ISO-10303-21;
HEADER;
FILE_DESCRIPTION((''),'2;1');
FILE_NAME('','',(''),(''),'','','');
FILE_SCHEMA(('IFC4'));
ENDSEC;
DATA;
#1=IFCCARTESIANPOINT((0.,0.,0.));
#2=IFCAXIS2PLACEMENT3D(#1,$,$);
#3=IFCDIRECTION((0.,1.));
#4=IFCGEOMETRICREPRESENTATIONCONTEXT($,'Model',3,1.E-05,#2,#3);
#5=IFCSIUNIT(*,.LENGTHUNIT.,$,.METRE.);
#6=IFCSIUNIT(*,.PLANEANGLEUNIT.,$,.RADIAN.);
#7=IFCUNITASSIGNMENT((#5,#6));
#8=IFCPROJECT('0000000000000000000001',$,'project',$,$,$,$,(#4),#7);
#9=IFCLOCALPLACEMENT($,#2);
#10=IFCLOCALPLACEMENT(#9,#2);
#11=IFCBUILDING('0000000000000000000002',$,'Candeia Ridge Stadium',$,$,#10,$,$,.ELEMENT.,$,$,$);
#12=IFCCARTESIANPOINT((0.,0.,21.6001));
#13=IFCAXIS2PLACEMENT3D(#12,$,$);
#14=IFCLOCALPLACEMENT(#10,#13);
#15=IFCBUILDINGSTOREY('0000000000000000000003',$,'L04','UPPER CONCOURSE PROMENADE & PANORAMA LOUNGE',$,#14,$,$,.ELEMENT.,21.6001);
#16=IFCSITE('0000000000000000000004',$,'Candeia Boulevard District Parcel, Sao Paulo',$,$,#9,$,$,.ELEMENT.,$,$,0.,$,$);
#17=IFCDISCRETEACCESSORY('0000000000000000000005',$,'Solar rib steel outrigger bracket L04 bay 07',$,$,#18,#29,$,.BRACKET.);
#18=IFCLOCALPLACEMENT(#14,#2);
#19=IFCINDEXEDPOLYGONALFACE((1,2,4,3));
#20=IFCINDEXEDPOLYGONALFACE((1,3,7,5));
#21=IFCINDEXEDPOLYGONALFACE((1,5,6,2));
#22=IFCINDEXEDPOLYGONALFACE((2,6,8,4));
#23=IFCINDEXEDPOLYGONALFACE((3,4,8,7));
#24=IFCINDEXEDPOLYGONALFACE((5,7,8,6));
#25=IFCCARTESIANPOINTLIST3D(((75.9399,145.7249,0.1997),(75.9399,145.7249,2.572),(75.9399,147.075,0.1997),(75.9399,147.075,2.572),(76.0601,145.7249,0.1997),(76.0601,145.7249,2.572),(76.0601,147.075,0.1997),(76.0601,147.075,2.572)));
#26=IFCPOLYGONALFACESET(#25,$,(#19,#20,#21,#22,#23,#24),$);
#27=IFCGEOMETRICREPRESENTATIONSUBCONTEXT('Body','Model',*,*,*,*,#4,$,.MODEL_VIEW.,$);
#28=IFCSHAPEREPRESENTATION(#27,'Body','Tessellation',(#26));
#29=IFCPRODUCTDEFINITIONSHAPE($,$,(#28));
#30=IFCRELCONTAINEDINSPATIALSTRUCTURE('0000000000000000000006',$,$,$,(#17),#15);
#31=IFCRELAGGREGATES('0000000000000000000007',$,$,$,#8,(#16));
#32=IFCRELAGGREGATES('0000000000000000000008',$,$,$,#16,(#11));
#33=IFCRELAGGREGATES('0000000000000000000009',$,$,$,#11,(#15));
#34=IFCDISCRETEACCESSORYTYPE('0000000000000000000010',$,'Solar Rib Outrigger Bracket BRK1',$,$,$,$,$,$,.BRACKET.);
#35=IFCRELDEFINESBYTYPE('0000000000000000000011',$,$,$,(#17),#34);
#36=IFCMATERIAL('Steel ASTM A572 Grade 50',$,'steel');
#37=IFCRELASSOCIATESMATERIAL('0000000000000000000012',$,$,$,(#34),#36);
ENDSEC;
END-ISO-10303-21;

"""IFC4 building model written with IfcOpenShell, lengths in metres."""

from ifc_helpers import new_model, si_unit, direction, frame, origin, origin_2d, place, context, subcontext, project, spatial, rectangle, extrude, material, type_object, element, save


model = new_model("IFC4")

# Units and contexts
model_context = context("Model", 3, precision=1e-05, world=origin(), true_north=direction((0.0, 1.0)))
body_context = subcontext(model_context, "Body", "Model", "MODEL_VIEW")
ifc_project = project(units=[si_unit("LENGTHUNIT", "METRE"), si_unit("PLANEANGLEUNIT", "RADIAN")], contexts=[model_context])

# Site, building, storey
site_placement = place(None, origin())
site = spatial("IfcSite", under=ifc_project, at=site_placement, Name="Candeia Boulevard District Parcel, Sao Paulo", CompositionType="ELEMENT", RefElevation=0.0)
building_placement = place(site_placement, origin())
building = spatial("IfcBuilding", under=site, at=building_placement, Name="Candeia Ridge Stadium", CompositionType="ELEMENT")
storey_placement = place(building_placement, frame((0.0, 0.0, 21.6001)))
storey = spatial("IfcBuildingStorey", under=building, at=storey_placement, Name="L04", Description="UPPER CONCOURSE PROMENADE & PANORAMA LOUNGE", CompositionType="ELEMENT", Elevation=21.6001)

# Discrete accessory
ifc_material_1 = material(Name="Steel ASTM A572 Grade 50", Category="steel")
discrete_accessory_type = type_object("IfcDiscreteAccessoryType", Name="Solar Rib Outrigger Bracket BRK1", PredefinedType="BRACKET", material=ifc_material_1)
discrete_accessory_placement = place(storey_placement, frame((76.0, 146.3999, 0.1997), z_axis=(0.0, 0.0, 1.0), x_axis=(0.0, 1.0, 0.0)))
element("IfcDiscreteAccessory", 1, at=discrete_accessory_placement, inside=storey, type_object=discrete_accessory_type, Name="Solar rib steel outrigger bracket L04 bay 07", PredefinedType="BRACKET", context=body_context, shape_type="SweptSolid", body=[
    extrude(rectangle(XDim=1.3501, YDim=0.1201, at=origin_2d()), origin(), (0.0, 0.0, 1.0), 2.3723),
])

save(model, "model.ifc")
